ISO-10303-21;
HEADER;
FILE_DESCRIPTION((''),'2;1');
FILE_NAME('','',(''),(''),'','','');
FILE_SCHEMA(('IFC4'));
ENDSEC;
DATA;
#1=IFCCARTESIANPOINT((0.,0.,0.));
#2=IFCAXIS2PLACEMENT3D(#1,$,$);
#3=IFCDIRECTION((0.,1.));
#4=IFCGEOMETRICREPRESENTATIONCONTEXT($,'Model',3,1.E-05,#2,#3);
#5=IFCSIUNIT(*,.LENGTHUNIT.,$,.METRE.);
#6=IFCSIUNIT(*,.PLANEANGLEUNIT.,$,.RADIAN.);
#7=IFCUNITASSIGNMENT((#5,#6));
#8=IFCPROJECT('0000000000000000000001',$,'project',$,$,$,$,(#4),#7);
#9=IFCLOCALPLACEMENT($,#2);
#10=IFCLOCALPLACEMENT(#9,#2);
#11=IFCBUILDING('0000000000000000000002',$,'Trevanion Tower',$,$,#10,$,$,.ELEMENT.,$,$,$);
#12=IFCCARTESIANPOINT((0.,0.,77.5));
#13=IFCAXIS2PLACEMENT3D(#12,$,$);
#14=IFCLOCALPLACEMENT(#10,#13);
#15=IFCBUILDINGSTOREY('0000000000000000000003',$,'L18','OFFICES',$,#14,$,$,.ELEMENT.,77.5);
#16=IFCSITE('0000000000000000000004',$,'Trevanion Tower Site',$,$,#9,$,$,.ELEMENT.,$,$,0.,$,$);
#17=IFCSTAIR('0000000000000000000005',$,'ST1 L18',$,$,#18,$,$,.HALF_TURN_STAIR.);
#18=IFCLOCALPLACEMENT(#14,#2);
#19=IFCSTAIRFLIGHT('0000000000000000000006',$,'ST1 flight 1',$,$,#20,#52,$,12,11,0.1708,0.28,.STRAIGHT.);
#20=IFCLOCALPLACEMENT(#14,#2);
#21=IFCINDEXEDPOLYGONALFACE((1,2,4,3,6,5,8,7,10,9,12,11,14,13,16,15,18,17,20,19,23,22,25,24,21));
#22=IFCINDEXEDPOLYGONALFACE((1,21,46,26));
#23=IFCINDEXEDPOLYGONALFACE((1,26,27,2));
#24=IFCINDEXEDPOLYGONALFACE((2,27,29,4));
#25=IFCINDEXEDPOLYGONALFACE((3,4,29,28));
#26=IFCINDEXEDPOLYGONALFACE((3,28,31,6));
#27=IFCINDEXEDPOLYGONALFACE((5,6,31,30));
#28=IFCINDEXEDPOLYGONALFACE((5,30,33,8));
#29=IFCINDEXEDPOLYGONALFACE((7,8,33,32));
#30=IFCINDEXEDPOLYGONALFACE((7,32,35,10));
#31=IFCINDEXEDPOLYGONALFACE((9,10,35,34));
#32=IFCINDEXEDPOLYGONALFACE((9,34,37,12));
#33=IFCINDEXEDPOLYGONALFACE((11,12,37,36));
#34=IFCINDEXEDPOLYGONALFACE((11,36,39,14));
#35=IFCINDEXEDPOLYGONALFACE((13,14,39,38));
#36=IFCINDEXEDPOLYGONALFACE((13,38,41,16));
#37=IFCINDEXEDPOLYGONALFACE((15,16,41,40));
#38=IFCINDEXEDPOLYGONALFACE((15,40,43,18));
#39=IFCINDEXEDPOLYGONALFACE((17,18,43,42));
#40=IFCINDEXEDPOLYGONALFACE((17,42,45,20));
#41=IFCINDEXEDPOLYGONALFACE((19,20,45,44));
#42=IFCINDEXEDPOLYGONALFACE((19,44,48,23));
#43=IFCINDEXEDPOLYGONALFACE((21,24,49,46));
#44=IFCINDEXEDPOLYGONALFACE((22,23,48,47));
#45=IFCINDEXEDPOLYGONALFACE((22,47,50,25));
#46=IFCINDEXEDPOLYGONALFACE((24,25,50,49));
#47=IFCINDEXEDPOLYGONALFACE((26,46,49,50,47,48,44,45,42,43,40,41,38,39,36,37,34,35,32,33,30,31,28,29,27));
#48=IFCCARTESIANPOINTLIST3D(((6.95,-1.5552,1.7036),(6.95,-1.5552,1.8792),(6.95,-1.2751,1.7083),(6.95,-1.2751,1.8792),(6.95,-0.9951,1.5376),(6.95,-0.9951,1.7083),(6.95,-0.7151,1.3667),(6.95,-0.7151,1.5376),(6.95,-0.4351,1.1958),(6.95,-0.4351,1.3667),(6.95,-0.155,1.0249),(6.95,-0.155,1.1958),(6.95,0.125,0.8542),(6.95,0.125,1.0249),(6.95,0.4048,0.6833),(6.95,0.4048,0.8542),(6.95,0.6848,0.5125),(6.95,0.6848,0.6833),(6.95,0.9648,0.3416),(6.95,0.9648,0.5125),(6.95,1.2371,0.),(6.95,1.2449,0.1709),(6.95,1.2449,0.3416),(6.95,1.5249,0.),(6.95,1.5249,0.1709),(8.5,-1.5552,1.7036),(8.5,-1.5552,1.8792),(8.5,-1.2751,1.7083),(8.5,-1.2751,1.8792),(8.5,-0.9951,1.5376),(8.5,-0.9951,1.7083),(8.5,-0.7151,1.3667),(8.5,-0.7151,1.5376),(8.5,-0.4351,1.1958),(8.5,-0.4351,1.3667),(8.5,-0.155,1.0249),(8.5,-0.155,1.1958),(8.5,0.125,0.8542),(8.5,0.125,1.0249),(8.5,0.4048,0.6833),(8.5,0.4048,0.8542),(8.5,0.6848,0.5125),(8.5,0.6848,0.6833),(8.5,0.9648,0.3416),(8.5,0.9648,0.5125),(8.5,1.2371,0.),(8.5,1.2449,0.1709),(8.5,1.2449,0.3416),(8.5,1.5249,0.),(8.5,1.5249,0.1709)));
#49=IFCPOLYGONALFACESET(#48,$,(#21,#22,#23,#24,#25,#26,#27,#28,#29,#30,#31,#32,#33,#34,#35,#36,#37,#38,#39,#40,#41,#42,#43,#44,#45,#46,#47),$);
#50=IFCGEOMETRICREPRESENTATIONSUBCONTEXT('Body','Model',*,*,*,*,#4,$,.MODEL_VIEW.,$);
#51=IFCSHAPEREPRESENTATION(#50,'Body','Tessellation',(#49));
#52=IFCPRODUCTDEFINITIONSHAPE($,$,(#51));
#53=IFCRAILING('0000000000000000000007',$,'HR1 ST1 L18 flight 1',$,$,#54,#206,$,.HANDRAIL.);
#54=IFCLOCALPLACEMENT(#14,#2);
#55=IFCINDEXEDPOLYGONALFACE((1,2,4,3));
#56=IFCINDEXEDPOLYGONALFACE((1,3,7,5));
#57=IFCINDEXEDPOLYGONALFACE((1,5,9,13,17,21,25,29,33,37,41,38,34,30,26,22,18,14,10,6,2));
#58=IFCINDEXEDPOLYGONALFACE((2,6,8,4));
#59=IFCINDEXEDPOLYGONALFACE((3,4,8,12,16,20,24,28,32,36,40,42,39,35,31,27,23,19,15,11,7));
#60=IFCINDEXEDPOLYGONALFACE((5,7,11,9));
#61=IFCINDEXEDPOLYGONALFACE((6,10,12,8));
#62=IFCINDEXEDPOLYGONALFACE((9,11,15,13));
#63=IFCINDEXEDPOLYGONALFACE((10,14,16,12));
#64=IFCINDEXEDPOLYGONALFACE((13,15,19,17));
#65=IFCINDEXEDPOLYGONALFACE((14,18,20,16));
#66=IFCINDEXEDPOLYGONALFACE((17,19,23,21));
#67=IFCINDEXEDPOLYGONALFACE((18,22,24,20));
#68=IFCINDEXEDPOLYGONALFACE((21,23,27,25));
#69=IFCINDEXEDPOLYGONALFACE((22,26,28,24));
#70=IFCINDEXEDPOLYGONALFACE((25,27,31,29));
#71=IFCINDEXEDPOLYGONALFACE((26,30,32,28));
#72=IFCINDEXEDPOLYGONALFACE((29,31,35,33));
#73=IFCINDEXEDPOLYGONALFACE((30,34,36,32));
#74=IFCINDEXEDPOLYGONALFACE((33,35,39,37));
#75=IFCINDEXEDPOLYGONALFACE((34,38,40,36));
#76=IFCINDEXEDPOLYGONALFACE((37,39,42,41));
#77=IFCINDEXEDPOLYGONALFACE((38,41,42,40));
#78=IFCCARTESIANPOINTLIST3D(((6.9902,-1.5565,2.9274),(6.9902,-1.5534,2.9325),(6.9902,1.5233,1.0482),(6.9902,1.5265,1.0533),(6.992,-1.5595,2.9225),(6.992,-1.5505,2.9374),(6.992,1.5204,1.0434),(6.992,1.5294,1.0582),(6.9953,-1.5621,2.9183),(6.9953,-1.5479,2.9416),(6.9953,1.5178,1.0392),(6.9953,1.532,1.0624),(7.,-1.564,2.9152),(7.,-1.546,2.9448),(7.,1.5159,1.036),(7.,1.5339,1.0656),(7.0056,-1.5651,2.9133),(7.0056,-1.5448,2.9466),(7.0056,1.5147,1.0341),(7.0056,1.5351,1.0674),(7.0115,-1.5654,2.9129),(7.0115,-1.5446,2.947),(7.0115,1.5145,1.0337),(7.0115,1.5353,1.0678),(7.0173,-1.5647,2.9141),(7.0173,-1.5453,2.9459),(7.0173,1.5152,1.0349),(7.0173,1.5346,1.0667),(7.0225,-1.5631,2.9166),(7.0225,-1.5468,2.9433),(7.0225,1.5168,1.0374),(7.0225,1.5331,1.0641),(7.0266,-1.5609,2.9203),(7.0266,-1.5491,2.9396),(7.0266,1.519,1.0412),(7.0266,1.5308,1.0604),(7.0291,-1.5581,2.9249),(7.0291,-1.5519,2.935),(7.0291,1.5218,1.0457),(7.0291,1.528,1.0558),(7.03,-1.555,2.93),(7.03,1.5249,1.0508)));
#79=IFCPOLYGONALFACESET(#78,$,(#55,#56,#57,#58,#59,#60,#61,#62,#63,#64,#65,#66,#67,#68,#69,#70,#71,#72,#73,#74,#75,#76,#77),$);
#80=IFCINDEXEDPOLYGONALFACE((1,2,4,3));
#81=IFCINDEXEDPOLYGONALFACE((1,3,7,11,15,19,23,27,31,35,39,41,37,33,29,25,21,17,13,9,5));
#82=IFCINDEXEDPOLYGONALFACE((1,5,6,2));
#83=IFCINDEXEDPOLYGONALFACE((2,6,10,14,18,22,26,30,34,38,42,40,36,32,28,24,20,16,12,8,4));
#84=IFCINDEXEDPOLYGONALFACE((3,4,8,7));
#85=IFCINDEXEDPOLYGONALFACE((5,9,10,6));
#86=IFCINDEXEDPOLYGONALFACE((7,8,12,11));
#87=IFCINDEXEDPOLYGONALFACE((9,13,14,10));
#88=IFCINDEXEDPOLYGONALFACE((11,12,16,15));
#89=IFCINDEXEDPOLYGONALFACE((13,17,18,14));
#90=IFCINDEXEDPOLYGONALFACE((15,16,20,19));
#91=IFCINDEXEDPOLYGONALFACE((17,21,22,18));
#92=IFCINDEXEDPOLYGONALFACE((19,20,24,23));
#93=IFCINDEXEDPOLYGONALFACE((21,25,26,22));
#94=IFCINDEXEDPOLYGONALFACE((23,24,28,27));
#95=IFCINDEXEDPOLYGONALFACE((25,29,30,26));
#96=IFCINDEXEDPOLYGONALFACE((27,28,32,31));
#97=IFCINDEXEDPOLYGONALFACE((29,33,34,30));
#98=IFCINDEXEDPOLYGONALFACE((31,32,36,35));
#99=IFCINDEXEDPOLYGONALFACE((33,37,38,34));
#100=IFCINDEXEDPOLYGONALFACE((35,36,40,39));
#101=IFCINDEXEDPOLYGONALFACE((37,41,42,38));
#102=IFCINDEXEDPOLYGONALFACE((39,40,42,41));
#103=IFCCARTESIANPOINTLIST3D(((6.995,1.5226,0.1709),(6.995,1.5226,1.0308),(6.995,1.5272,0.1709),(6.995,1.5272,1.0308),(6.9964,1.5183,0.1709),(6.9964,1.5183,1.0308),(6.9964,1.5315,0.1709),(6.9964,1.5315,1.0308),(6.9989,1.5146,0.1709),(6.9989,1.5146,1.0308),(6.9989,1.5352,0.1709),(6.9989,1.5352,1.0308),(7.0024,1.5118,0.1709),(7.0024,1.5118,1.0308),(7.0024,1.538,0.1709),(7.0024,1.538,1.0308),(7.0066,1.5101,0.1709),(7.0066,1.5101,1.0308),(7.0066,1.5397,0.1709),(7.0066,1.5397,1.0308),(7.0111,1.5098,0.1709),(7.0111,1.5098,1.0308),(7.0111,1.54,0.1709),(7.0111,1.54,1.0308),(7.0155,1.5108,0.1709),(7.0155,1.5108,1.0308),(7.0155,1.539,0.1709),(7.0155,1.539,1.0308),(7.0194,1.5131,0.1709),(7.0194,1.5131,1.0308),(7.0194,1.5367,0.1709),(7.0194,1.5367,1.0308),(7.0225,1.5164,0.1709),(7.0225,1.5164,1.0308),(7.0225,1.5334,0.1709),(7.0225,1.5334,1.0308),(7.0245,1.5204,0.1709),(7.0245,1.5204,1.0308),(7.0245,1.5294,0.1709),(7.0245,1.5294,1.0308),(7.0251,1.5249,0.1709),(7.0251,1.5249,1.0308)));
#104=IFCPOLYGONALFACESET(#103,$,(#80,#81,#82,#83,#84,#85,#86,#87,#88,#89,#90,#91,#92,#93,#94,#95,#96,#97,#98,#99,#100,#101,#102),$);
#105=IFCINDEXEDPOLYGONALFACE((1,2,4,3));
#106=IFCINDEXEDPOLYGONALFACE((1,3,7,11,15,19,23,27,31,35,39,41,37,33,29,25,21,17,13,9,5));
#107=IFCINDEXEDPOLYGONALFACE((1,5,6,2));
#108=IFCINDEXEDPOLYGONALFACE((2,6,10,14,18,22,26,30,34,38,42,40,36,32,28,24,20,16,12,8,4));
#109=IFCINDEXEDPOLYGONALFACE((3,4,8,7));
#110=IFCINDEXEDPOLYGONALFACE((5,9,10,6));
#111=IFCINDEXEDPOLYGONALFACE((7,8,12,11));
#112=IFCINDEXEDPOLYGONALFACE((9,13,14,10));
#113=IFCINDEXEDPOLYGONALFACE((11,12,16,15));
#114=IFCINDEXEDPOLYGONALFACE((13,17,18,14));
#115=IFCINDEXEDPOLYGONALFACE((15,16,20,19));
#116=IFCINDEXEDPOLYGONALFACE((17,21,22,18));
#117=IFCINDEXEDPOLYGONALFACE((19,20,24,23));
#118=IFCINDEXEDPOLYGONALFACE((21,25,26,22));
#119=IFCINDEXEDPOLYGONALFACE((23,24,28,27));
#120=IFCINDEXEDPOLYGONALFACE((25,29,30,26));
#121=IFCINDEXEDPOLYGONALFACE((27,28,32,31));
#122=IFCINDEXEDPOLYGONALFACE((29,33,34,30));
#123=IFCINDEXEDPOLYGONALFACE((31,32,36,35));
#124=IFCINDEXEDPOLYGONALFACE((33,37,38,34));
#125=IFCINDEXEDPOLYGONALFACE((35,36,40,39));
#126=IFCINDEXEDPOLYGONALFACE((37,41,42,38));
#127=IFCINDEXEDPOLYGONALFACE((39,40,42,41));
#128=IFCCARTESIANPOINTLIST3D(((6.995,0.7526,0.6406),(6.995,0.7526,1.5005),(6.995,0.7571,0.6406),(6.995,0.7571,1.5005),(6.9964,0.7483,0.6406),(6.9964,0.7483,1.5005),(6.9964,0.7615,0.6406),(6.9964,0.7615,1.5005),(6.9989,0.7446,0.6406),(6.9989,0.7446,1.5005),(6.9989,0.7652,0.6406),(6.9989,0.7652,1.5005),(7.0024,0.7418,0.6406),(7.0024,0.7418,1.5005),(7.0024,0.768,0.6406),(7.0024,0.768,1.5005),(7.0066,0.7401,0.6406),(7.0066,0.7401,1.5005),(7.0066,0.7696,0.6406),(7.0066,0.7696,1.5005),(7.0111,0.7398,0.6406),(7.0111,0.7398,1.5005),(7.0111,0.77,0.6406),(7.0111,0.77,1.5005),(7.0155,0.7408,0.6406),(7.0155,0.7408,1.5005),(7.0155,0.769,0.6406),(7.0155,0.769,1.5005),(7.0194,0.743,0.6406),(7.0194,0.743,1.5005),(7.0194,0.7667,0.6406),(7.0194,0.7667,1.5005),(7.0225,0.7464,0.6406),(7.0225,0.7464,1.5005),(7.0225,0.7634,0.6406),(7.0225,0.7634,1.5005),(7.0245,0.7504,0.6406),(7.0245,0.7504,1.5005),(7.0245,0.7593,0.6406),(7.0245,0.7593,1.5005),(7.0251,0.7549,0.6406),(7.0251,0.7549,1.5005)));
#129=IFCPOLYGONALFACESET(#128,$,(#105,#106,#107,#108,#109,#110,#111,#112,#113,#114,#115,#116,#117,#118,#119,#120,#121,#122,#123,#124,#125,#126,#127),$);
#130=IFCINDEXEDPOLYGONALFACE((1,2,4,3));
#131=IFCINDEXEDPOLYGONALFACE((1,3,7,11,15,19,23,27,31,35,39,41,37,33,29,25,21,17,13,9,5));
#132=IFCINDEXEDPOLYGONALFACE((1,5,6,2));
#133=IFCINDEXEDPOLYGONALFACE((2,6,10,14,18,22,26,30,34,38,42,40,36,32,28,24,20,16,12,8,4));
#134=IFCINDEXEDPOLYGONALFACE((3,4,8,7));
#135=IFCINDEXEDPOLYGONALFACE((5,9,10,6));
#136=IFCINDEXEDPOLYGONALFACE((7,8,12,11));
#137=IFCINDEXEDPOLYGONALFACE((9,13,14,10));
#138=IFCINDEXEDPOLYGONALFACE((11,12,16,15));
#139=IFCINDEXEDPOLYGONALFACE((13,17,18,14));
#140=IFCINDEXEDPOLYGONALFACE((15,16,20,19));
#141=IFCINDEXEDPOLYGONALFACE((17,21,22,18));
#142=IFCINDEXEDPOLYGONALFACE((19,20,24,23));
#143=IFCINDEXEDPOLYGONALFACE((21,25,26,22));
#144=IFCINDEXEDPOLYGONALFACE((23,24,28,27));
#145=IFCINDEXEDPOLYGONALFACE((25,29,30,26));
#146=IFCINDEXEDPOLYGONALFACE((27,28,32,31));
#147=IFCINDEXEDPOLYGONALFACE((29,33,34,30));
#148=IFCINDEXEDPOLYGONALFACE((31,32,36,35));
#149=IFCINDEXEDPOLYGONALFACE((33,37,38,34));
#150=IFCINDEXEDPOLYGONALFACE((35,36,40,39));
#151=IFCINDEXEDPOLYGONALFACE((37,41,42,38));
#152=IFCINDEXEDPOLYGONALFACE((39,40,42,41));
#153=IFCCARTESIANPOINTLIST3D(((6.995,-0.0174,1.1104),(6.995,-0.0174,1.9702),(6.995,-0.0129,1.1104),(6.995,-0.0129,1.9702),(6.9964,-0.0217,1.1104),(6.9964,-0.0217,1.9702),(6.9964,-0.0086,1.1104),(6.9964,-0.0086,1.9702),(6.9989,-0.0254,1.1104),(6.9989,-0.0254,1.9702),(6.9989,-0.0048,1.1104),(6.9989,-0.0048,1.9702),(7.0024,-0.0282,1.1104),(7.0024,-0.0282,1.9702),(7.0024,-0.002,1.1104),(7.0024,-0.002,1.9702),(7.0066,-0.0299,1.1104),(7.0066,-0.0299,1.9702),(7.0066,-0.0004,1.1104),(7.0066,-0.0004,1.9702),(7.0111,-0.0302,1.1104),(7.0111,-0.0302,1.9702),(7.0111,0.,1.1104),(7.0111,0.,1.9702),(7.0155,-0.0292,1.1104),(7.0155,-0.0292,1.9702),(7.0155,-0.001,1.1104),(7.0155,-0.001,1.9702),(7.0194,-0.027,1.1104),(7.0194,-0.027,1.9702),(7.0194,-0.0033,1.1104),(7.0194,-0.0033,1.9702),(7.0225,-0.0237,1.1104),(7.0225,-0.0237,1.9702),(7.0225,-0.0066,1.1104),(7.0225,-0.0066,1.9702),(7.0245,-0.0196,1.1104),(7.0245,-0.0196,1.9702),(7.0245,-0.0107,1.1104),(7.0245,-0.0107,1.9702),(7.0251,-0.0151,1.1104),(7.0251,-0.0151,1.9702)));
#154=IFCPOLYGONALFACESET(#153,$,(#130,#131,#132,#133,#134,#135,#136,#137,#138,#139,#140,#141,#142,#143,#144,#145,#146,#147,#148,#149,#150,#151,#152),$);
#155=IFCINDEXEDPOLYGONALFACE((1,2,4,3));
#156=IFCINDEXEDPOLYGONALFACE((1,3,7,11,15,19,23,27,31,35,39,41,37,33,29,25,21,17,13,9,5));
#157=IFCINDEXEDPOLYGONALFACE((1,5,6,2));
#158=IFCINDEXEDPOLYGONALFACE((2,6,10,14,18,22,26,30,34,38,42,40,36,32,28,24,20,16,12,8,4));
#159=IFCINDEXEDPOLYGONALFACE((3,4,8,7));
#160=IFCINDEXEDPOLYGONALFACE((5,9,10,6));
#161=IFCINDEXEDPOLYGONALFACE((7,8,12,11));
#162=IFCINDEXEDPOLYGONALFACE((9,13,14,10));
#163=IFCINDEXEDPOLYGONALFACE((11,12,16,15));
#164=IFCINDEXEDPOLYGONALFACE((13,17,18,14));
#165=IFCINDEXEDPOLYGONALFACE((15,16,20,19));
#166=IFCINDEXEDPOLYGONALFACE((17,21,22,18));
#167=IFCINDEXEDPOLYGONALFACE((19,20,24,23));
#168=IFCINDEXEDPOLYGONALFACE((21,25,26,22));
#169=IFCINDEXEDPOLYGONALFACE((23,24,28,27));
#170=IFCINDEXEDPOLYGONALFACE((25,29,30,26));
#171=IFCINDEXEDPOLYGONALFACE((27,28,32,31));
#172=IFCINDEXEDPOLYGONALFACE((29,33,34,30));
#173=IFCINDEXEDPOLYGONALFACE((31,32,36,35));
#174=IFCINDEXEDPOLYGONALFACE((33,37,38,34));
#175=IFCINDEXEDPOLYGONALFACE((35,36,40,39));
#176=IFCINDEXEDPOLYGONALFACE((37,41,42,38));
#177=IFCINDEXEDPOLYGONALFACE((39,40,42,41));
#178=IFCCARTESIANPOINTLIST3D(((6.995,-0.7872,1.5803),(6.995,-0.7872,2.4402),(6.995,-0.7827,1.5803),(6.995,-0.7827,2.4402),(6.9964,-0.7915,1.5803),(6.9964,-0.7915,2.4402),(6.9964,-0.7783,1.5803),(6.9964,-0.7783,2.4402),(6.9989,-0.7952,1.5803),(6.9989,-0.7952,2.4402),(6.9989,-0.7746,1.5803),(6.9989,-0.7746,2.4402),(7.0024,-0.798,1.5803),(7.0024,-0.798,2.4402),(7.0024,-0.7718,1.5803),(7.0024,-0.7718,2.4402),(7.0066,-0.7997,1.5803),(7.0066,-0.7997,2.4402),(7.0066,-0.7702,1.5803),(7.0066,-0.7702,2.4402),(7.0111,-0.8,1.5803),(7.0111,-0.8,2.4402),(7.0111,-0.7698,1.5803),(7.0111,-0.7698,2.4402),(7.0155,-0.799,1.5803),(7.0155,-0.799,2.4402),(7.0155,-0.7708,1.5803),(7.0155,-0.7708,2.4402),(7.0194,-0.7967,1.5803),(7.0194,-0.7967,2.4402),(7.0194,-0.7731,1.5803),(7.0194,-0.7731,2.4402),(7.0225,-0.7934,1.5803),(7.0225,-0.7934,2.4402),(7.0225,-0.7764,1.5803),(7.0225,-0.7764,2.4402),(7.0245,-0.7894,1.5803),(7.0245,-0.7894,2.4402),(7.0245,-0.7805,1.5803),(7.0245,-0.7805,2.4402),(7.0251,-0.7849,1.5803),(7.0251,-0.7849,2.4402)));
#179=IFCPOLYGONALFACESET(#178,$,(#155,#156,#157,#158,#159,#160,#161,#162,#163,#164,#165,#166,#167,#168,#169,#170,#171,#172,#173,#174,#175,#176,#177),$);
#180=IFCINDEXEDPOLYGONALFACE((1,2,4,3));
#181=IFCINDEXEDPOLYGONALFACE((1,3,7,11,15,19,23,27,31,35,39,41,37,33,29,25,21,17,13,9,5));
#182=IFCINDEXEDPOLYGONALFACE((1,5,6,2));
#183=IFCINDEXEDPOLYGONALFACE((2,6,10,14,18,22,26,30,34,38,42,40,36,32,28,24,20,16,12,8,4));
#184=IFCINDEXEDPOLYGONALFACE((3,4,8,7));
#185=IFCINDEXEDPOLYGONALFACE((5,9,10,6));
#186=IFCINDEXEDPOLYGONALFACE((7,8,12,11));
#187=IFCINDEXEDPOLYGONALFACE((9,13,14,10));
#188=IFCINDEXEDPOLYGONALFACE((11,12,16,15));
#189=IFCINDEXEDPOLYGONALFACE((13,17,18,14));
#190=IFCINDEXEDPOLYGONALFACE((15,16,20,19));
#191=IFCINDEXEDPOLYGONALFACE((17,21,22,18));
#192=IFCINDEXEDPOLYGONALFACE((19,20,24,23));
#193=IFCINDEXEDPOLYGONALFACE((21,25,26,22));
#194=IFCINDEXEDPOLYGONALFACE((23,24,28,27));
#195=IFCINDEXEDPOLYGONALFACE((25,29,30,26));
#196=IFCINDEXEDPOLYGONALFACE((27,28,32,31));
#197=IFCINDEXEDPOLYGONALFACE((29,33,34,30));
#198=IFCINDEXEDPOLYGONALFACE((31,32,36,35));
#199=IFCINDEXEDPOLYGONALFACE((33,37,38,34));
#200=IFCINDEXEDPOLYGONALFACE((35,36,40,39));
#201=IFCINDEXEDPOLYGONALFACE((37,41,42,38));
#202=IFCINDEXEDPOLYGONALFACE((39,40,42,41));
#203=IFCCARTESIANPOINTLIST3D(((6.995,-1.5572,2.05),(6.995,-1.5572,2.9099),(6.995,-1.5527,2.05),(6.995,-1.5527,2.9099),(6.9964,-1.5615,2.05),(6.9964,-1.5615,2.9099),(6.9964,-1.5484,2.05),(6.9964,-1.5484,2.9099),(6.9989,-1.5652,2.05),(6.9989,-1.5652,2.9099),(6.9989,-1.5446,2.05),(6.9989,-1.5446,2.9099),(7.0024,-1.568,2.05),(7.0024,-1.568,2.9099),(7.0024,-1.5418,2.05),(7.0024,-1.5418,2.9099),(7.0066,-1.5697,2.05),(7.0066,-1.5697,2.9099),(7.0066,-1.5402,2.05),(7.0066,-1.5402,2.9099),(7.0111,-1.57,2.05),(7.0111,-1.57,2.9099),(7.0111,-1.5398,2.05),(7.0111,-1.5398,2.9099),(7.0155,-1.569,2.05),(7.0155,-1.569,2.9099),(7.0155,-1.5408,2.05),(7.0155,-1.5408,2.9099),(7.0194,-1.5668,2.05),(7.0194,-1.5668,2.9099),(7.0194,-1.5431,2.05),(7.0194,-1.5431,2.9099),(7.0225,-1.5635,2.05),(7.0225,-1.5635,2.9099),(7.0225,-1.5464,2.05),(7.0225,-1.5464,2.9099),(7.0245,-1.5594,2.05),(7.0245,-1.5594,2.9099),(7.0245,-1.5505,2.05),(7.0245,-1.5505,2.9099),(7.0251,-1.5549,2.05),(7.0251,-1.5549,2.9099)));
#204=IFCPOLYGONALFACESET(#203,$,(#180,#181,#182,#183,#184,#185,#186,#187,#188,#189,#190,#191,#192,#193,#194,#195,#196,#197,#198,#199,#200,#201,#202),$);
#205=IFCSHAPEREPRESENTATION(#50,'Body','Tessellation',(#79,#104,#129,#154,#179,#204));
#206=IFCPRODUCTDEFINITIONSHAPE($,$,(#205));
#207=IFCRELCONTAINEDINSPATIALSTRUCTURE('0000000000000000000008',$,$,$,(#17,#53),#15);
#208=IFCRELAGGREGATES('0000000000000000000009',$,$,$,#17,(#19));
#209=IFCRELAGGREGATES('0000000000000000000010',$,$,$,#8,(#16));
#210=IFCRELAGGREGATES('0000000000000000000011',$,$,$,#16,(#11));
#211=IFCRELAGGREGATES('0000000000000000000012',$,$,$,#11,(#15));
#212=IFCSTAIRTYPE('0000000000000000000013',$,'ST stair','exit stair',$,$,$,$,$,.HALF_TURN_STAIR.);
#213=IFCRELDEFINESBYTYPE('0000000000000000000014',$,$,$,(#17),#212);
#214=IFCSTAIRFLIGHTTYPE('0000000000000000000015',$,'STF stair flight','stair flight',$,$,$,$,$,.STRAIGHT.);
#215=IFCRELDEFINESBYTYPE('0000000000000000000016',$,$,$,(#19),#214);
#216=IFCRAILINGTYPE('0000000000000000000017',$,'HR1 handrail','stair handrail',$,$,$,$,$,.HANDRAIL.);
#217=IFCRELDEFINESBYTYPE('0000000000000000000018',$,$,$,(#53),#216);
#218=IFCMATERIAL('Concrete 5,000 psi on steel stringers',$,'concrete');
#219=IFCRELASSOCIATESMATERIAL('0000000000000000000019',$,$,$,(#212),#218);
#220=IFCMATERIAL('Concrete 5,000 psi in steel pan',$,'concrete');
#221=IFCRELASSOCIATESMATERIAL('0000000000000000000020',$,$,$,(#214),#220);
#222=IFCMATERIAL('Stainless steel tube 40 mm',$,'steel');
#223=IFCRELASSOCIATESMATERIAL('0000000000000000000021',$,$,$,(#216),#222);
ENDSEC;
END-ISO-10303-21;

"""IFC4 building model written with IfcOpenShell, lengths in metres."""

from ifc_helpers import new_model, si_unit, direction, frame, origin, origin_2d, place, context, subcontext, project, spatial, polyline, circle, outline, extrude, material, type_object, element, aggregate, save


model = new_model("IFC4")

# Units and contexts
model_context = context("Model", 3, precision=1e-05, world=origin(), true_north=direction((0.0, 1.0)))
body_context = subcontext(model_context, "Body", "Model", "MODEL_VIEW")
ifc_project = project(units=[si_unit("LENGTHUNIT", "METRE"), si_unit("PLANEANGLEUNIT", "RADIAN")], contexts=[model_context])

# Site, building, storey
site_placement = place(None, origin())
site = spatial("IfcSite", under=ifc_project, at=site_placement, Name="Trevanion Tower Site", CompositionType="ELEMENT", RefElevation=0.0)
building_placement = place(site_placement, origin())
building = spatial("IfcBuilding", under=site, at=building_placement, Name="Trevanion Tower", CompositionType="ELEMENT")
storey_placement = place(building_placement, frame((0.0, 0.0, 77.5)))
storey = spatial("IfcBuildingStorey", under=building, at=storey_placement, Name="L18", Description="OFFICES", CompositionType="ELEMENT", Elevation=77.5)

# Stair, stair flight
ifc_material_1 = material(Name="Concrete 5,000 psi on steel stringers", Category="concrete")
stair_type = type_object("IfcStairType", Name="ST stair", Description="exit stair", PredefinedType="HALF_TURN_STAIR", material=ifc_material_1)
stair_placement = place(storey_placement, origin())
stair = element("IfcStair", 1, at=stair_placement, inside=storey, type_object=stair_type, Name="ST1 L18", PredefinedType="HALF_TURN_STAIR")
ifc_material_2 = material(Name="Concrete 5,000 psi in steel pan", Category="concrete")
stair_flight_type = type_object("IfcStairFlightType", Name="STF stair flight", Description="stair flight", PredefinedType="STRAIGHT", material=ifc_material_2)
stair_flight_placement = place(storey_placement, frame((7.7251, 1.5249, 0.0), z_axis=(0.0, 0.0, 1.0), x_axis=(0.0, -1.0, 0.0)))
stair_flight = element("IfcStairFlight", 2, at=stair_flight_placement, type_object=stair_flight_type, Name="ST1 flight 1", NumberOfRisers=12, NumberOfTreads=11, PredefinedType="STRAIGHT", RiserHeight=0.1708, TreadLength=0.28, context=body_context, shape_type="SweptSolid", body=[
    extrude(outline(polyline([(0.0, 0.0), (0.0, 0.1709), (0.28, 0.1709), (0.28, 0.3416), (0.5601, 0.3416), (0.5601, 0.5125), (0.8401, 0.5125), (0.8401, 0.6833), (1.1201, 0.6833), (1.1201, 0.8542), (1.3999, 0.8542), (1.3999, 1.0249), (1.6799, 1.0249), (1.6799, 1.1958), (1.96, 1.1958), (1.96, 1.3667), (2.24, 1.3667), (2.24, 1.5376), (2.52, 1.5376), (2.52, 1.7083), (2.8, 1.7083), (2.8, 1.8792), (3.0801, 1.8792), (3.0801, 2.05), (3.0801, 1.7036), (0.2878, 0.0), (0.0, 0.0)])), frame((0.0, 0.7749, 0.0), z_axis=(0.0, -1.0, 0.0), x_axis=(1.0, 0.0, 0.0)), (0.0, 0.0, 1.0), 1.55),
])
aggregate(stair, [stair_flight])

# Railing
ifc_material_3 = material(Name="Stainless steel tube 40 mm", Category="steel")
railing_type = type_object("IfcRailingType", Name="HR1 handrail", Description="stair handrail", PredefinedType="HANDRAIL", material=ifc_material_3)
for number, where, name in (
    (3, (7.01, 1.5249, 0.1709), "HR1 ST1 L18 flight 1"),
):
    element("IfcRailing", number, at=place(storey_placement, frame(where)), inside=storey, type_object=railing_type, Name=name, PredefinedType="HANDRAIL", context=body_context, shape_type="SweptSolid", body=[
        extrude(circle(Radius=0.02, at=origin_2d()), frame((0.0, 0.0, 0.8799), z_axis=(0.0, -0.853648, 0.52085), x_axis=(1.0, 0.0, 0.0)), (0.0, 0.0, 1.0), 3.6079),
        extrude(circle(Radius=0.0151, at=origin_2d()), origin(), (0.0, 0.0, 1.0), 0.8599),
        extrude(circle(Radius=0.0151, at=origin_2d()), frame((0.0, -0.77, 0.4697)), (0.0, 0.0, 1.0), 0.8599),
        extrude(circle(Radius=0.0151, at=origin_2d()), frame((0.0, -1.54, 0.9395)), (0.0, 0.0, 1.0), 0.8599),
        extrude(circle(Radius=0.0151, at=origin_2d()), frame((0.0, -2.3098, 1.4094)), (0.0, 0.0, 1.0), 0.8599),
        extrude(circle(Radius=0.0151, at=origin_2d()), frame((0.0, -3.0798, 1.8792)), (0.0, 0.0, 1.0), 0.8599),
    ])

save(model, "model.ifc")
